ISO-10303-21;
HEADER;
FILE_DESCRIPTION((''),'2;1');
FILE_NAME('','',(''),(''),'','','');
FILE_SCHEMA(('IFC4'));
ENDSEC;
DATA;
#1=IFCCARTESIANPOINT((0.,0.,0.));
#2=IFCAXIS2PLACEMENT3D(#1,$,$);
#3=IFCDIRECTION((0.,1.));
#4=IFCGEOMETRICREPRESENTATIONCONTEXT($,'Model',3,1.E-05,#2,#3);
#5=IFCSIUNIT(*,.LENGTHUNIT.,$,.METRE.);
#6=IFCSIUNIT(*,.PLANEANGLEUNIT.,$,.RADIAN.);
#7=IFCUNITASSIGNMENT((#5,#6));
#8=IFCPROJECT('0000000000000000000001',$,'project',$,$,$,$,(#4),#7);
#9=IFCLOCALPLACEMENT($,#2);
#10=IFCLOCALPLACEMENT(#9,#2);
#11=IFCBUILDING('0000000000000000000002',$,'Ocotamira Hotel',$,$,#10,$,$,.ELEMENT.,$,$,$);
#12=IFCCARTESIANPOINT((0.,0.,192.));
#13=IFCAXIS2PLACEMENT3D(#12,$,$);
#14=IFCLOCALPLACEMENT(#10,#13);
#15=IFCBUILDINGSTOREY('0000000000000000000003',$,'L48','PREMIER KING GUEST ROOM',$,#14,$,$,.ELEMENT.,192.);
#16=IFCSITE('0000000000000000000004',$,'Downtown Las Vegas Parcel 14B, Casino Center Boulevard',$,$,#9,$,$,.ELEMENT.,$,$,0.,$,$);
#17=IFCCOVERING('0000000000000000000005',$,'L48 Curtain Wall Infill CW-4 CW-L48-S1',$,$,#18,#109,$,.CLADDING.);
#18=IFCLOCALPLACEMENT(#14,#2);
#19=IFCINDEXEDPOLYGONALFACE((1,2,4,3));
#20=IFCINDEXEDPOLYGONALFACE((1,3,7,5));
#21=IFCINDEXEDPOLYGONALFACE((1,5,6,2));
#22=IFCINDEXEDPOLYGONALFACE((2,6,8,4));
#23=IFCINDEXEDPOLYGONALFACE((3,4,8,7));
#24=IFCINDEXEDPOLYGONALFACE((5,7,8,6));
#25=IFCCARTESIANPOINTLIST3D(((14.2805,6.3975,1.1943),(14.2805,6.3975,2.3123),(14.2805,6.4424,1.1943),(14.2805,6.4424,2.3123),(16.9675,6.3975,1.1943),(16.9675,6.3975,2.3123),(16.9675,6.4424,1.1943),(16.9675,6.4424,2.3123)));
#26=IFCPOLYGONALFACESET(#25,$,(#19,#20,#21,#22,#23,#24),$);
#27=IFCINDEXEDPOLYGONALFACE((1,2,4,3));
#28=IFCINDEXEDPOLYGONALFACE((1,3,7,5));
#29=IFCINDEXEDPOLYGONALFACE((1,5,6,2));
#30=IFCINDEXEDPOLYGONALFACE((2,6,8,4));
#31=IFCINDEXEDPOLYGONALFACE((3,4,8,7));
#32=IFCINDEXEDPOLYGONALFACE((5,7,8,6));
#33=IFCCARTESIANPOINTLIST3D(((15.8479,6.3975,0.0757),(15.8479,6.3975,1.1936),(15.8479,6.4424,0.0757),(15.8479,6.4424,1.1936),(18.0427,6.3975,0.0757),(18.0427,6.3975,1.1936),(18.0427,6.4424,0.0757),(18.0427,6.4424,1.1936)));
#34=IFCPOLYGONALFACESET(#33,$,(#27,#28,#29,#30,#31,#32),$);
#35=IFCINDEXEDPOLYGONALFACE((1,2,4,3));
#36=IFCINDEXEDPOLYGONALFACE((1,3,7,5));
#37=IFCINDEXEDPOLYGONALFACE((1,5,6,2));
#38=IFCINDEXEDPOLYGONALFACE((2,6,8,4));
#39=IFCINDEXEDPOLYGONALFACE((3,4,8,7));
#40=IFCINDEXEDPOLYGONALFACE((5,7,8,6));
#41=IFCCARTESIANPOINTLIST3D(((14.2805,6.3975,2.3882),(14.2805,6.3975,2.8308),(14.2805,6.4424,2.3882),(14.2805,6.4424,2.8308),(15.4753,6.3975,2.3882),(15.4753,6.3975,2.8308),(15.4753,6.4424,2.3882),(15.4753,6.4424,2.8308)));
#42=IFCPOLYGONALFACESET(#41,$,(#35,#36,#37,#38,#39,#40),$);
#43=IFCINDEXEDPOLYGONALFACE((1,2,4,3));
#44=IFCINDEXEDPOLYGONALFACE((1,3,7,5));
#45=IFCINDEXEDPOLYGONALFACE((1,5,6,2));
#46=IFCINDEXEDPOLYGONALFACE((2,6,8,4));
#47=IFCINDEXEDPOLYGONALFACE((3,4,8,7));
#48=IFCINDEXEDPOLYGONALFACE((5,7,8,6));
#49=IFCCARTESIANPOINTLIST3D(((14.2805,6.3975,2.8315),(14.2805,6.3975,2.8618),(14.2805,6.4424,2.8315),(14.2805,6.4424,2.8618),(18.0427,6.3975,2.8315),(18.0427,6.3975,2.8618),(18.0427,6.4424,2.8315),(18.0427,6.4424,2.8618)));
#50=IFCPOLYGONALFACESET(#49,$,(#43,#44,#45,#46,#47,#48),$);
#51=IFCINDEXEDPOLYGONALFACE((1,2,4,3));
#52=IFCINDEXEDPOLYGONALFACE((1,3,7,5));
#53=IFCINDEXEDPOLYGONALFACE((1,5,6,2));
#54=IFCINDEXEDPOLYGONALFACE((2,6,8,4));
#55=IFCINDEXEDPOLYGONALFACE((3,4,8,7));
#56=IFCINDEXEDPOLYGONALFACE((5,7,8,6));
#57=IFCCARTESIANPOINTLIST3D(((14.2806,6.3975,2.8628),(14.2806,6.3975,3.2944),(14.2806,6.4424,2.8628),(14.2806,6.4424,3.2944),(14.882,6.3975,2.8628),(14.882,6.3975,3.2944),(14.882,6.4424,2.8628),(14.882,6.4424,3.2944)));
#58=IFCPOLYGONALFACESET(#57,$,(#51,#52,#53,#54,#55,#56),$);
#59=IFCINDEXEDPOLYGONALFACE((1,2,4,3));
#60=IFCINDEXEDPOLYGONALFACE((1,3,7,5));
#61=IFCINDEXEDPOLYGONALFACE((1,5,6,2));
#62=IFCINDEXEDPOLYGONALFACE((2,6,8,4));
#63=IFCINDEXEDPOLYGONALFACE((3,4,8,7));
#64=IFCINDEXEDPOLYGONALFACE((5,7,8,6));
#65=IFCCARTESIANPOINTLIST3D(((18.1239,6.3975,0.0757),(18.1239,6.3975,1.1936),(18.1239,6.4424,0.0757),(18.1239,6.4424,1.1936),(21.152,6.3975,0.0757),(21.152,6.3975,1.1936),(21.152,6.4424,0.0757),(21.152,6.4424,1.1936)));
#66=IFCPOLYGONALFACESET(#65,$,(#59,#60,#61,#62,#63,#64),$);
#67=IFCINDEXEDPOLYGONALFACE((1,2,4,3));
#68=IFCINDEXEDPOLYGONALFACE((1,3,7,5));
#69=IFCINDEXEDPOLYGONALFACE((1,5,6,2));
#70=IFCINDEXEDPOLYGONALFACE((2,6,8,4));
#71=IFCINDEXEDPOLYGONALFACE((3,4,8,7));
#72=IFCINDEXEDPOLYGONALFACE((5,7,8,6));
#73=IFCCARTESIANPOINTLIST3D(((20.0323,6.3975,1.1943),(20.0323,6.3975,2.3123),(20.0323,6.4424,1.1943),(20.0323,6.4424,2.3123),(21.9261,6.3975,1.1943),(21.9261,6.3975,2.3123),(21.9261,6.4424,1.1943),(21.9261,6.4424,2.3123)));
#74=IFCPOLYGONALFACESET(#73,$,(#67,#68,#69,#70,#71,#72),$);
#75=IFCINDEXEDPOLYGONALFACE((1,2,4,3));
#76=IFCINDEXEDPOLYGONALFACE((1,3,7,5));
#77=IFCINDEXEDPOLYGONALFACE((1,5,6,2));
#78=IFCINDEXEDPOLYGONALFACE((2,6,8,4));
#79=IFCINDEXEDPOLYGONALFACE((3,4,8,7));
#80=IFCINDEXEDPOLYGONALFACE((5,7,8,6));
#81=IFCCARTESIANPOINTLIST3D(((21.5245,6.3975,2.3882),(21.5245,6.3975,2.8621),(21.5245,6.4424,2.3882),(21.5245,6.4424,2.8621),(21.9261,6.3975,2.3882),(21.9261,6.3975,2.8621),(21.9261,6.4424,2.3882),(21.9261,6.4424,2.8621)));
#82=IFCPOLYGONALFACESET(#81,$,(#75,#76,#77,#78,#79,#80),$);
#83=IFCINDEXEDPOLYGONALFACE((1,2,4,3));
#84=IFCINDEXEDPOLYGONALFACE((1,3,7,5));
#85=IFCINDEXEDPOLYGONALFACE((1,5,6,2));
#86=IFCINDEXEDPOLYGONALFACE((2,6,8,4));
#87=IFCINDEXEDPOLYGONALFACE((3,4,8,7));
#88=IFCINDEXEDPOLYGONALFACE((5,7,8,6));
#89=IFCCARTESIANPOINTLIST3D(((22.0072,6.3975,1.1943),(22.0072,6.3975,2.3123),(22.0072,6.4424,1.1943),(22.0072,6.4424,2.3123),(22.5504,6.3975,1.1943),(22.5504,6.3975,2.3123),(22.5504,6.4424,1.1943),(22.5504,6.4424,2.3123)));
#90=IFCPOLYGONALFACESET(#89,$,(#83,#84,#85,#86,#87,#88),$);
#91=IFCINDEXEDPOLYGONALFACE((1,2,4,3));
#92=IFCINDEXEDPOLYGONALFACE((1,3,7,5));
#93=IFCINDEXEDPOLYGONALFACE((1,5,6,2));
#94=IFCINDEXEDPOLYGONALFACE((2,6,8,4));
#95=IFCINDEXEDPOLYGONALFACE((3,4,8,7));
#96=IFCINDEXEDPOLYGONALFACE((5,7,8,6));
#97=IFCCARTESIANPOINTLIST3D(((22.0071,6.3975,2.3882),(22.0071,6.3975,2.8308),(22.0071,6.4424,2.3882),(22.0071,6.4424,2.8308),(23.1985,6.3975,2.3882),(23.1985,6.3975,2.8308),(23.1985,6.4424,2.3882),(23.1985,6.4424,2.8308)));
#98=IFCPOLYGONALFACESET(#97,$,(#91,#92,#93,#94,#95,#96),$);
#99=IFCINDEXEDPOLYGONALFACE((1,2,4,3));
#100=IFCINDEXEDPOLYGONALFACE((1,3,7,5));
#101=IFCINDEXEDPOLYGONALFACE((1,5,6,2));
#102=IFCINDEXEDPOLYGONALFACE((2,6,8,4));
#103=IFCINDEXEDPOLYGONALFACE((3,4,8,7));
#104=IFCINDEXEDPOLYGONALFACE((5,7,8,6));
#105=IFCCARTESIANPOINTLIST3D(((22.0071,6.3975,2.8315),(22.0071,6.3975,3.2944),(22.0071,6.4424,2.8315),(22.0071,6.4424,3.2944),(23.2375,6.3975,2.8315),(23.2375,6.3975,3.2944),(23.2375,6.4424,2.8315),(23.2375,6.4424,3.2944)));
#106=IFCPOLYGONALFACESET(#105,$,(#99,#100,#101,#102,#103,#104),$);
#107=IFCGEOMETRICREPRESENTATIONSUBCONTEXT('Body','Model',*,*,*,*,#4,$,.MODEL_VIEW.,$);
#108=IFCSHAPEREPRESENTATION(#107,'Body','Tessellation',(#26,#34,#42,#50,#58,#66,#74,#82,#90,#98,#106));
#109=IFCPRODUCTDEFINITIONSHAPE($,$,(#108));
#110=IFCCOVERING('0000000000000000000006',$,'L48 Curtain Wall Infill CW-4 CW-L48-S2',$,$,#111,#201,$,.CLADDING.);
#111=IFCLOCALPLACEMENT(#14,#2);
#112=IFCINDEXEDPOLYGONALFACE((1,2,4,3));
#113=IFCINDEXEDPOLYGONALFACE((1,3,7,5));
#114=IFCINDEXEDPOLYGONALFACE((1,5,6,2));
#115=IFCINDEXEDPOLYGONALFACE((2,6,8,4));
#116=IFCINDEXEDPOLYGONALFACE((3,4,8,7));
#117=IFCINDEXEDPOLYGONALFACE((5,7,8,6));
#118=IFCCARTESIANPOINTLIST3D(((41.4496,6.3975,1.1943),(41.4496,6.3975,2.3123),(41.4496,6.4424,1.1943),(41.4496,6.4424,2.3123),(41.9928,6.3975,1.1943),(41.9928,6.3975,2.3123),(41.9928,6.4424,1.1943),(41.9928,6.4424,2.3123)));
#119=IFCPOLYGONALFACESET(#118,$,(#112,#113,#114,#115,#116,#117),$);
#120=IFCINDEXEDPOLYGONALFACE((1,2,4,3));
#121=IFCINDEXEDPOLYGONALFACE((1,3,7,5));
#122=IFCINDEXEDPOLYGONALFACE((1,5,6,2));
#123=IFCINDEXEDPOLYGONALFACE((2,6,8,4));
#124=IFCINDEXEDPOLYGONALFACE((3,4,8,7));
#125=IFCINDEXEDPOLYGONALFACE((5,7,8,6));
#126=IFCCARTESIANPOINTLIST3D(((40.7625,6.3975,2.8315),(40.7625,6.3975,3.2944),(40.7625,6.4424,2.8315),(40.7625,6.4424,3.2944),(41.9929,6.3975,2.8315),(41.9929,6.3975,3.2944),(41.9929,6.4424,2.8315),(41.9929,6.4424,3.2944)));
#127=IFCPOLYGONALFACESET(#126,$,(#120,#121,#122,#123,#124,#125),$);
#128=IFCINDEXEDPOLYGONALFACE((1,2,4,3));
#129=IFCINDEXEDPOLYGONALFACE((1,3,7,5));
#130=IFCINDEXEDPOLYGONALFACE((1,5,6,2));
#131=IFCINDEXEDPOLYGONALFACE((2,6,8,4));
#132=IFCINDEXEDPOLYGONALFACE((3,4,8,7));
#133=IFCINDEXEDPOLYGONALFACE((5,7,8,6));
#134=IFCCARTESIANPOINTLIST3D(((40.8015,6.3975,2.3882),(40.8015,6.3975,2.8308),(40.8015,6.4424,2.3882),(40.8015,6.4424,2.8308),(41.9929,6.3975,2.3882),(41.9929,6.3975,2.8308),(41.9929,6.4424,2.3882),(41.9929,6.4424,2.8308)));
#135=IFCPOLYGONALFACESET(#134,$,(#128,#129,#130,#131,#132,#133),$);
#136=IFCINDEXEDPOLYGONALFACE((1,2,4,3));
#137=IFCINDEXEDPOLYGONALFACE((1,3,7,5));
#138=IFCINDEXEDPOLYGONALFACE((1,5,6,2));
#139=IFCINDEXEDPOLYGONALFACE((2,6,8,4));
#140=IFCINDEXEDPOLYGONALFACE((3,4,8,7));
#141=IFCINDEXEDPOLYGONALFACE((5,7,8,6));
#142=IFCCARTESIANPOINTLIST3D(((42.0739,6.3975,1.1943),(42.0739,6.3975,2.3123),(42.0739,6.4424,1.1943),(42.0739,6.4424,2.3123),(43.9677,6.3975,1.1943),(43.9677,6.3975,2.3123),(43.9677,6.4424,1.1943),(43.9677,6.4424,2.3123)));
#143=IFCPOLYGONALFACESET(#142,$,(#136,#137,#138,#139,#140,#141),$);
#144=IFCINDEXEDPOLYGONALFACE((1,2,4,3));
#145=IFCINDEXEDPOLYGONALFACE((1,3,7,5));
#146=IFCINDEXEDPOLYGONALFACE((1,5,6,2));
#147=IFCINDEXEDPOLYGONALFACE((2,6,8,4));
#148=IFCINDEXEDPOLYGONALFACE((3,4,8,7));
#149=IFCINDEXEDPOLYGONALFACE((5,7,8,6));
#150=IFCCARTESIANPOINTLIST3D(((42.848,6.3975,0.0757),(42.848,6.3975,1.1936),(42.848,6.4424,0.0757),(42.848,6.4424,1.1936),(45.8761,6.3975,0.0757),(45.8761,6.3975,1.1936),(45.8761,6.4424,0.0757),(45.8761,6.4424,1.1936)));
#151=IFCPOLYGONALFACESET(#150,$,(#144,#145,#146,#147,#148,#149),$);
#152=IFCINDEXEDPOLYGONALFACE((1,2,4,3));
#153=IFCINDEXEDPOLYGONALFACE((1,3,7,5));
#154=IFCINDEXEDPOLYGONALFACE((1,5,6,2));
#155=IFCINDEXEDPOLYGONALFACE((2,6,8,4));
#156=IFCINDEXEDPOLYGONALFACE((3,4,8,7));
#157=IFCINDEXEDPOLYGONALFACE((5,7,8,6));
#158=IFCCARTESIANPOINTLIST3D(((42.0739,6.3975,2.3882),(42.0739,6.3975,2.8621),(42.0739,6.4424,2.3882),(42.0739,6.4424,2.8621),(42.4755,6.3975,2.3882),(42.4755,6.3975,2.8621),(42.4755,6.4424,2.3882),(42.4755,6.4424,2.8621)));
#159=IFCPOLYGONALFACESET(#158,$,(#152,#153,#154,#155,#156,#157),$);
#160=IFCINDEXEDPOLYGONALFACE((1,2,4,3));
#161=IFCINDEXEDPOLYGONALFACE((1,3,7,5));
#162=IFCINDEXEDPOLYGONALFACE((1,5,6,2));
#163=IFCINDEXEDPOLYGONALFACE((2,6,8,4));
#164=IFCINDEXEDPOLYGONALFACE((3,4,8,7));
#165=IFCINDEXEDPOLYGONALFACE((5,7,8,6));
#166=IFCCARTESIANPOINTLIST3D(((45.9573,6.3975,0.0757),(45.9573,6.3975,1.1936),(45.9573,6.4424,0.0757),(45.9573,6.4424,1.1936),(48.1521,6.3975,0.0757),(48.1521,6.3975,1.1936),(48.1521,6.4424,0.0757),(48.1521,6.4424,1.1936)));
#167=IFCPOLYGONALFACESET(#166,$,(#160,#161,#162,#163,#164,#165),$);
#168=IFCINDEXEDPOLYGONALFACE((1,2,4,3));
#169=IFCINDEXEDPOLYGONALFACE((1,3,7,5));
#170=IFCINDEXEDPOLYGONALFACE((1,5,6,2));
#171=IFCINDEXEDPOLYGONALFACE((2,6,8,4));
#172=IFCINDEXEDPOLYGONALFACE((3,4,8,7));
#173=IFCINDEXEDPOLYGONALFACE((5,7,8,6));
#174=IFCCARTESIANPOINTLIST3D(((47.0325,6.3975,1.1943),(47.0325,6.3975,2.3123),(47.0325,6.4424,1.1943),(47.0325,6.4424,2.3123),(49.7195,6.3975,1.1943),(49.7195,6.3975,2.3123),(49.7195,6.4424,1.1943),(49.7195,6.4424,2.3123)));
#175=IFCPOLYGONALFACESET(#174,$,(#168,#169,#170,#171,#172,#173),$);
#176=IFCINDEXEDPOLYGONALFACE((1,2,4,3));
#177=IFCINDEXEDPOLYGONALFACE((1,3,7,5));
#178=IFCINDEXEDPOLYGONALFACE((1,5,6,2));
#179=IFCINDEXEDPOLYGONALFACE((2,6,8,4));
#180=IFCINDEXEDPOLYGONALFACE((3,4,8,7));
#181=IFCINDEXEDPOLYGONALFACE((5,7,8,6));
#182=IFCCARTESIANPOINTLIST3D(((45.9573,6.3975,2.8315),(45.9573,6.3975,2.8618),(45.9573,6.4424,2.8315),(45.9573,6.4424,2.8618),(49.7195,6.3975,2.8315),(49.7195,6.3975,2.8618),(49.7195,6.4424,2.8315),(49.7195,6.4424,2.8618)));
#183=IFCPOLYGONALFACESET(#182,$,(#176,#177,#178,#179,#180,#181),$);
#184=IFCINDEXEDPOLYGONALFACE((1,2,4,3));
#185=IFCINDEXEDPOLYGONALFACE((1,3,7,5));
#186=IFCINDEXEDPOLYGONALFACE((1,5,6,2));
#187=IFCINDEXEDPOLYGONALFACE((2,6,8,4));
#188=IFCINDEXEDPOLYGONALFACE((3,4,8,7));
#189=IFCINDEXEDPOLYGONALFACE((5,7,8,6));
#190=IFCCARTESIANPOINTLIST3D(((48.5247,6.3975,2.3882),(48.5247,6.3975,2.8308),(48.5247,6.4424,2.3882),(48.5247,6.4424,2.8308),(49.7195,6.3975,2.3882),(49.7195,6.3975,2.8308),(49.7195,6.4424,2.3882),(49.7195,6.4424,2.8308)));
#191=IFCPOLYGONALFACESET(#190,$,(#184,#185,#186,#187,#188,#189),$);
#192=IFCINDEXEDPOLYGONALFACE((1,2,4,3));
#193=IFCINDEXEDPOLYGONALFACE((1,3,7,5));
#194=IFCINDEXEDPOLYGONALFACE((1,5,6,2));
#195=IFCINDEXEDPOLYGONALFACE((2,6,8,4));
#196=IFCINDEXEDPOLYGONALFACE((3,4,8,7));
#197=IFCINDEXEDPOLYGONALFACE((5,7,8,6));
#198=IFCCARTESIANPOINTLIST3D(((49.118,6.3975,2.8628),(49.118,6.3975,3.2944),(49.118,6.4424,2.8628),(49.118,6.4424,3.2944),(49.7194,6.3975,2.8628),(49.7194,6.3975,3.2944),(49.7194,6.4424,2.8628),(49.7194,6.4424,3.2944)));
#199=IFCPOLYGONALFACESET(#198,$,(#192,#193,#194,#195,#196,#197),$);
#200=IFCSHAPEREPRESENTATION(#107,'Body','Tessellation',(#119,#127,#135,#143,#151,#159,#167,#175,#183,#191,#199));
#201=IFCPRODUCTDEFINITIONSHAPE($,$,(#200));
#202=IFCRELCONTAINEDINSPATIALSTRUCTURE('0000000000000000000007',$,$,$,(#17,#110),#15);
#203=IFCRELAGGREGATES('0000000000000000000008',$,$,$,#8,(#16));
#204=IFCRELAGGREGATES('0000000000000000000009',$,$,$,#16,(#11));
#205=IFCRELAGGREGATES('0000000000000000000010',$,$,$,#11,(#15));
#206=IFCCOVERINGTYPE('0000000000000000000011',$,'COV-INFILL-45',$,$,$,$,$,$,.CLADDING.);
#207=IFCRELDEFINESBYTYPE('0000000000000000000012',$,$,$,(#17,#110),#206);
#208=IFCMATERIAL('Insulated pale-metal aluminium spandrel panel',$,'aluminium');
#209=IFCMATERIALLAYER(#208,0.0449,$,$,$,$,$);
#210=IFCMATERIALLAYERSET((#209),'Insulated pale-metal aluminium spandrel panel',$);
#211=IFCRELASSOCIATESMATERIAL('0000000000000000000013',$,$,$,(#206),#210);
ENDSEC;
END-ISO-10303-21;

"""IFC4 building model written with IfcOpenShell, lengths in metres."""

from ifc_helpers import new_model, si_unit, direction, frame, origin, origin_2d, place, context, subcontext, project, spatial, rectangle, extrude, material, layer, layer_set, type_object, element, save


model = new_model("IFC4")

# Units and contexts
model_context = context("Model", 3, precision=1e-05, world=origin(), true_north=direction((0.0, 1.0)))
body_context = subcontext(model_context, "Body", "Model", "MODEL_VIEW")
ifc_project = project(units=[si_unit("LENGTHUNIT", "METRE"), si_unit("PLANEANGLEUNIT", "RADIAN")], contexts=[model_context])

# Site, building, storey
site_placement = place(None, origin())
site = spatial("IfcSite", under=ifc_project, at=site_placement, Name="Downtown Las Vegas Parcel 14B, Casino Center Boulevard", CompositionType="ELEMENT", RefElevation=0.0)
building_placement = place(site_placement, origin())
building = spatial("IfcBuilding", under=site, at=building_placement, Name="Ocotamira Hotel", CompositionType="ELEMENT")
storey_placement = place(building_placement, frame((0.0, 0.0, 192.0)))
storey = spatial("IfcBuildingStorey", under=building, at=storey_placement, Name="L48", Description="PREMIER KING GUEST ROOM", CompositionType="ELEMENT", Elevation=192.0)

# Coverings
ifc_material_1 = material(Name="Insulated pale-metal aluminium spandrel panel", Category="aluminium")
ifc_layer_1 = layer(ifc_material_1, 0.0449)
ifc_layer_set_1 = layer_set([ifc_layer_1], Name="Insulated pale-metal aluminium spandrel panel")
covering_type_1 = type_object("IfcCoveringType", Name="COV-INFILL-45", PredefinedType="CLADDING", material=ifc_layer_set_1)
covering_1_placement = place(storey_placement, origin())
element("IfcCovering", 1, at=covering_1_placement, inside=storey, type_object=covering_type_1, Name="L48 Curtain Wall Infill CW-4 CW-L48-S1", PredefinedType="CLADDING", context=body_context, shape_type="SweptSolid", body=[
    extrude(rectangle(XDim=2.687, YDim=0.0449, at=origin_2d()), frame((15.624, 6.4199, 1.1943), z_axis=(0.0, 0.0, 1.0), x_axis=(1.0, 0.0, 0.0)), (0.0, 0.0, 1.0), 1.1179),
    extrude(rectangle(XDim=2.1948, YDim=0.0449, at=origin_2d()), frame((16.9453, 6.4199, 0.0757), z_axis=(0.0, 0.0, 1.0), x_axis=(1.0, 0.0, 0.0)), (0.0, 0.0, 1.0), 1.1179),
    extrude(rectangle(XDim=1.1948, YDim=0.0449, at=origin_2d()), frame((14.8779, 6.4199, 2.3882), z_axis=(0.0, 0.0, 1.0), x_axis=(1.0, 0.0, 0.0)), (0.0, 0.0, 1.0), 0.4426),
    extrude(rectangle(XDim=3.7622, YDim=0.0449, at=origin_2d()), frame((16.1616, 6.4199, 2.8315), z_axis=(0.0, 0.0, 1.0), x_axis=(1.0, 0.0, 0.0)), (0.0, 0.0, 1.0), 0.0303),
    extrude(rectangle(XDim=0.6013, YDim=0.0449, at=origin_2d()), frame((14.5813, 6.4199, 2.8628), z_axis=(0.0, 0.0, 1.0), x_axis=(1.0, 0.0, 0.0)), (0.0, 0.0, 1.0), 0.4316),
    extrude(rectangle(XDim=3.0281, YDim=0.0449, at=origin_2d()), frame((19.6379, 6.4199, 0.0757), z_axis=(0.0, 0.0, 1.0), x_axis=(1.0, 0.0, 0.0)), (0.0, 0.0, 1.0), 1.1179),
    extrude(rectangle(XDim=1.8938, YDim=0.0449, at=origin_2d()), frame((20.9792, 6.4199, 1.1943), z_axis=(0.0, 0.0, 1.0), x_axis=(1.0, 0.0, 0.0)), (0.0, 0.0, 1.0), 1.1179),
    extrude(rectangle(XDim=0.4016, YDim=0.0449, at=origin_2d()), frame((21.7253, 6.4199, 2.3882), z_axis=(0.0, 0.0, 1.0), x_axis=(1.0, 0.0, 0.0)), (0.0, 0.0, 1.0), 0.4739),
    extrude(rectangle(XDim=0.5432, YDim=0.0449, at=origin_2d()), frame((22.2788, 6.4199, 1.1943), z_axis=(0.0, 0.0, 1.0), x_axis=(1.0, 0.0, 0.0)), (0.0, 0.0, 1.0), 1.1179),
    extrude(rectangle(XDim=1.1914, YDim=0.0449, at=origin_2d()), frame((22.6028, 6.4199, 2.3882), z_axis=(0.0, 0.0, 1.0), x_axis=(1.0, 0.0, 0.0)), (0.0, 0.0, 1.0), 0.4426),
    extrude(rectangle(XDim=1.2305, YDim=0.0449, at=origin_2d()), frame((22.6223, 6.4199, 2.8315), z_axis=(0.0, 0.0, 1.0), x_axis=(1.0, 0.0, 0.0)), (0.0, 0.0, 1.0), 0.4629),
])
covering_2_placement = place(storey_placement, origin())
element("IfcCovering", 2, at=covering_2_placement, inside=storey, type_object=covering_type_1, Name="L48 Curtain Wall Infill CW-4 CW-L48-S2", PredefinedType="CLADDING", context=body_context, shape_type="SweptSolid", body=[
    extrude(rectangle(XDim=0.5432, YDim=0.0449, at=origin_2d()), frame((41.7212, 6.4199, 1.1943), z_axis=(0.0, 0.0, 1.0), x_axis=(1.0, 0.0, 0.0)), (0.0, 0.0, 1.0), 1.1179),
    extrude(rectangle(XDim=1.2305, YDim=0.0449, at=origin_2d()), frame((41.3777, 6.4199, 2.8315), z_axis=(0.0, 0.0, 1.0), x_axis=(1.0, 0.0, 0.0)), (0.0, 0.0, 1.0), 0.4629),
    extrude(rectangle(XDim=1.1914, YDim=0.0449, at=origin_2d()), frame((41.3972, 6.4199, 2.3882), z_axis=(0.0, 0.0, 1.0), x_axis=(1.0, 0.0, 0.0)), (0.0, 0.0, 1.0), 0.4426),
    extrude(rectangle(XDim=1.8938, YDim=0.0449, at=origin_2d()), frame((43.0208, 6.4199, 1.1943), z_axis=(0.0, 0.0, 1.0), x_axis=(1.0, 0.0, 0.0)), (0.0, 0.0, 1.0), 1.1179),
    extrude(rectangle(XDim=3.0281, YDim=0.0449, at=origin_2d()), frame((44.3621, 6.4199, 0.0757), z_axis=(0.0, 0.0, 1.0), x_axis=(1.0, 0.0, 0.0)), (0.0, 0.0, 1.0), 1.1179),
    extrude(rectangle(XDim=0.4016, YDim=0.0449, at=origin_2d()), frame((42.2747, 6.4199, 2.3882), z_axis=(0.0, 0.0, 1.0), x_axis=(1.0, 0.0, 0.0)), (0.0, 0.0, 1.0), 0.4739),
    extrude(rectangle(XDim=2.1948, YDim=0.0449, at=origin_2d()), frame((47.0547, 6.4199, 0.0757), z_axis=(0.0, 0.0, 1.0), x_axis=(1.0, 0.0, 0.0)), (0.0, 0.0, 1.0), 1.1179),
    extrude(rectangle(XDim=2.687, YDim=0.0449, at=origin_2d()), frame((48.376, 6.4199, 1.1943), z_axis=(0.0, 0.0, 1.0), x_axis=(1.0, 0.0, 0.0)), (0.0, 0.0, 1.0), 1.1179),
    extrude(rectangle(XDim=3.7622, YDim=0.0449, at=origin_2d()), frame((47.8384, 6.4199, 2.8315), z_axis=(0.0, 0.0, 1.0), x_axis=(1.0, 0.0, 0.0)), (0.0, 0.0, 1.0), 0.0303),
    extrude(rectangle(XDim=1.1948, YDim=0.0449, at=origin_2d()), frame((49.1221, 6.4199, 2.3882), z_axis=(0.0, 0.0, 1.0), x_axis=(1.0, 0.0, 0.0)), (0.0, 0.0, 1.0), 0.4426),
    extrude(rectangle(XDim=0.6013, YDim=0.0449, at=origin_2d()), frame((49.4187, 6.4199, 2.8628), z_axis=(0.0, 0.0, 1.0), x_axis=(1.0, 0.0, 0.0)), (0.0, 0.0, 1.0), 0.4316),
])

save(model, "model.ifc")
